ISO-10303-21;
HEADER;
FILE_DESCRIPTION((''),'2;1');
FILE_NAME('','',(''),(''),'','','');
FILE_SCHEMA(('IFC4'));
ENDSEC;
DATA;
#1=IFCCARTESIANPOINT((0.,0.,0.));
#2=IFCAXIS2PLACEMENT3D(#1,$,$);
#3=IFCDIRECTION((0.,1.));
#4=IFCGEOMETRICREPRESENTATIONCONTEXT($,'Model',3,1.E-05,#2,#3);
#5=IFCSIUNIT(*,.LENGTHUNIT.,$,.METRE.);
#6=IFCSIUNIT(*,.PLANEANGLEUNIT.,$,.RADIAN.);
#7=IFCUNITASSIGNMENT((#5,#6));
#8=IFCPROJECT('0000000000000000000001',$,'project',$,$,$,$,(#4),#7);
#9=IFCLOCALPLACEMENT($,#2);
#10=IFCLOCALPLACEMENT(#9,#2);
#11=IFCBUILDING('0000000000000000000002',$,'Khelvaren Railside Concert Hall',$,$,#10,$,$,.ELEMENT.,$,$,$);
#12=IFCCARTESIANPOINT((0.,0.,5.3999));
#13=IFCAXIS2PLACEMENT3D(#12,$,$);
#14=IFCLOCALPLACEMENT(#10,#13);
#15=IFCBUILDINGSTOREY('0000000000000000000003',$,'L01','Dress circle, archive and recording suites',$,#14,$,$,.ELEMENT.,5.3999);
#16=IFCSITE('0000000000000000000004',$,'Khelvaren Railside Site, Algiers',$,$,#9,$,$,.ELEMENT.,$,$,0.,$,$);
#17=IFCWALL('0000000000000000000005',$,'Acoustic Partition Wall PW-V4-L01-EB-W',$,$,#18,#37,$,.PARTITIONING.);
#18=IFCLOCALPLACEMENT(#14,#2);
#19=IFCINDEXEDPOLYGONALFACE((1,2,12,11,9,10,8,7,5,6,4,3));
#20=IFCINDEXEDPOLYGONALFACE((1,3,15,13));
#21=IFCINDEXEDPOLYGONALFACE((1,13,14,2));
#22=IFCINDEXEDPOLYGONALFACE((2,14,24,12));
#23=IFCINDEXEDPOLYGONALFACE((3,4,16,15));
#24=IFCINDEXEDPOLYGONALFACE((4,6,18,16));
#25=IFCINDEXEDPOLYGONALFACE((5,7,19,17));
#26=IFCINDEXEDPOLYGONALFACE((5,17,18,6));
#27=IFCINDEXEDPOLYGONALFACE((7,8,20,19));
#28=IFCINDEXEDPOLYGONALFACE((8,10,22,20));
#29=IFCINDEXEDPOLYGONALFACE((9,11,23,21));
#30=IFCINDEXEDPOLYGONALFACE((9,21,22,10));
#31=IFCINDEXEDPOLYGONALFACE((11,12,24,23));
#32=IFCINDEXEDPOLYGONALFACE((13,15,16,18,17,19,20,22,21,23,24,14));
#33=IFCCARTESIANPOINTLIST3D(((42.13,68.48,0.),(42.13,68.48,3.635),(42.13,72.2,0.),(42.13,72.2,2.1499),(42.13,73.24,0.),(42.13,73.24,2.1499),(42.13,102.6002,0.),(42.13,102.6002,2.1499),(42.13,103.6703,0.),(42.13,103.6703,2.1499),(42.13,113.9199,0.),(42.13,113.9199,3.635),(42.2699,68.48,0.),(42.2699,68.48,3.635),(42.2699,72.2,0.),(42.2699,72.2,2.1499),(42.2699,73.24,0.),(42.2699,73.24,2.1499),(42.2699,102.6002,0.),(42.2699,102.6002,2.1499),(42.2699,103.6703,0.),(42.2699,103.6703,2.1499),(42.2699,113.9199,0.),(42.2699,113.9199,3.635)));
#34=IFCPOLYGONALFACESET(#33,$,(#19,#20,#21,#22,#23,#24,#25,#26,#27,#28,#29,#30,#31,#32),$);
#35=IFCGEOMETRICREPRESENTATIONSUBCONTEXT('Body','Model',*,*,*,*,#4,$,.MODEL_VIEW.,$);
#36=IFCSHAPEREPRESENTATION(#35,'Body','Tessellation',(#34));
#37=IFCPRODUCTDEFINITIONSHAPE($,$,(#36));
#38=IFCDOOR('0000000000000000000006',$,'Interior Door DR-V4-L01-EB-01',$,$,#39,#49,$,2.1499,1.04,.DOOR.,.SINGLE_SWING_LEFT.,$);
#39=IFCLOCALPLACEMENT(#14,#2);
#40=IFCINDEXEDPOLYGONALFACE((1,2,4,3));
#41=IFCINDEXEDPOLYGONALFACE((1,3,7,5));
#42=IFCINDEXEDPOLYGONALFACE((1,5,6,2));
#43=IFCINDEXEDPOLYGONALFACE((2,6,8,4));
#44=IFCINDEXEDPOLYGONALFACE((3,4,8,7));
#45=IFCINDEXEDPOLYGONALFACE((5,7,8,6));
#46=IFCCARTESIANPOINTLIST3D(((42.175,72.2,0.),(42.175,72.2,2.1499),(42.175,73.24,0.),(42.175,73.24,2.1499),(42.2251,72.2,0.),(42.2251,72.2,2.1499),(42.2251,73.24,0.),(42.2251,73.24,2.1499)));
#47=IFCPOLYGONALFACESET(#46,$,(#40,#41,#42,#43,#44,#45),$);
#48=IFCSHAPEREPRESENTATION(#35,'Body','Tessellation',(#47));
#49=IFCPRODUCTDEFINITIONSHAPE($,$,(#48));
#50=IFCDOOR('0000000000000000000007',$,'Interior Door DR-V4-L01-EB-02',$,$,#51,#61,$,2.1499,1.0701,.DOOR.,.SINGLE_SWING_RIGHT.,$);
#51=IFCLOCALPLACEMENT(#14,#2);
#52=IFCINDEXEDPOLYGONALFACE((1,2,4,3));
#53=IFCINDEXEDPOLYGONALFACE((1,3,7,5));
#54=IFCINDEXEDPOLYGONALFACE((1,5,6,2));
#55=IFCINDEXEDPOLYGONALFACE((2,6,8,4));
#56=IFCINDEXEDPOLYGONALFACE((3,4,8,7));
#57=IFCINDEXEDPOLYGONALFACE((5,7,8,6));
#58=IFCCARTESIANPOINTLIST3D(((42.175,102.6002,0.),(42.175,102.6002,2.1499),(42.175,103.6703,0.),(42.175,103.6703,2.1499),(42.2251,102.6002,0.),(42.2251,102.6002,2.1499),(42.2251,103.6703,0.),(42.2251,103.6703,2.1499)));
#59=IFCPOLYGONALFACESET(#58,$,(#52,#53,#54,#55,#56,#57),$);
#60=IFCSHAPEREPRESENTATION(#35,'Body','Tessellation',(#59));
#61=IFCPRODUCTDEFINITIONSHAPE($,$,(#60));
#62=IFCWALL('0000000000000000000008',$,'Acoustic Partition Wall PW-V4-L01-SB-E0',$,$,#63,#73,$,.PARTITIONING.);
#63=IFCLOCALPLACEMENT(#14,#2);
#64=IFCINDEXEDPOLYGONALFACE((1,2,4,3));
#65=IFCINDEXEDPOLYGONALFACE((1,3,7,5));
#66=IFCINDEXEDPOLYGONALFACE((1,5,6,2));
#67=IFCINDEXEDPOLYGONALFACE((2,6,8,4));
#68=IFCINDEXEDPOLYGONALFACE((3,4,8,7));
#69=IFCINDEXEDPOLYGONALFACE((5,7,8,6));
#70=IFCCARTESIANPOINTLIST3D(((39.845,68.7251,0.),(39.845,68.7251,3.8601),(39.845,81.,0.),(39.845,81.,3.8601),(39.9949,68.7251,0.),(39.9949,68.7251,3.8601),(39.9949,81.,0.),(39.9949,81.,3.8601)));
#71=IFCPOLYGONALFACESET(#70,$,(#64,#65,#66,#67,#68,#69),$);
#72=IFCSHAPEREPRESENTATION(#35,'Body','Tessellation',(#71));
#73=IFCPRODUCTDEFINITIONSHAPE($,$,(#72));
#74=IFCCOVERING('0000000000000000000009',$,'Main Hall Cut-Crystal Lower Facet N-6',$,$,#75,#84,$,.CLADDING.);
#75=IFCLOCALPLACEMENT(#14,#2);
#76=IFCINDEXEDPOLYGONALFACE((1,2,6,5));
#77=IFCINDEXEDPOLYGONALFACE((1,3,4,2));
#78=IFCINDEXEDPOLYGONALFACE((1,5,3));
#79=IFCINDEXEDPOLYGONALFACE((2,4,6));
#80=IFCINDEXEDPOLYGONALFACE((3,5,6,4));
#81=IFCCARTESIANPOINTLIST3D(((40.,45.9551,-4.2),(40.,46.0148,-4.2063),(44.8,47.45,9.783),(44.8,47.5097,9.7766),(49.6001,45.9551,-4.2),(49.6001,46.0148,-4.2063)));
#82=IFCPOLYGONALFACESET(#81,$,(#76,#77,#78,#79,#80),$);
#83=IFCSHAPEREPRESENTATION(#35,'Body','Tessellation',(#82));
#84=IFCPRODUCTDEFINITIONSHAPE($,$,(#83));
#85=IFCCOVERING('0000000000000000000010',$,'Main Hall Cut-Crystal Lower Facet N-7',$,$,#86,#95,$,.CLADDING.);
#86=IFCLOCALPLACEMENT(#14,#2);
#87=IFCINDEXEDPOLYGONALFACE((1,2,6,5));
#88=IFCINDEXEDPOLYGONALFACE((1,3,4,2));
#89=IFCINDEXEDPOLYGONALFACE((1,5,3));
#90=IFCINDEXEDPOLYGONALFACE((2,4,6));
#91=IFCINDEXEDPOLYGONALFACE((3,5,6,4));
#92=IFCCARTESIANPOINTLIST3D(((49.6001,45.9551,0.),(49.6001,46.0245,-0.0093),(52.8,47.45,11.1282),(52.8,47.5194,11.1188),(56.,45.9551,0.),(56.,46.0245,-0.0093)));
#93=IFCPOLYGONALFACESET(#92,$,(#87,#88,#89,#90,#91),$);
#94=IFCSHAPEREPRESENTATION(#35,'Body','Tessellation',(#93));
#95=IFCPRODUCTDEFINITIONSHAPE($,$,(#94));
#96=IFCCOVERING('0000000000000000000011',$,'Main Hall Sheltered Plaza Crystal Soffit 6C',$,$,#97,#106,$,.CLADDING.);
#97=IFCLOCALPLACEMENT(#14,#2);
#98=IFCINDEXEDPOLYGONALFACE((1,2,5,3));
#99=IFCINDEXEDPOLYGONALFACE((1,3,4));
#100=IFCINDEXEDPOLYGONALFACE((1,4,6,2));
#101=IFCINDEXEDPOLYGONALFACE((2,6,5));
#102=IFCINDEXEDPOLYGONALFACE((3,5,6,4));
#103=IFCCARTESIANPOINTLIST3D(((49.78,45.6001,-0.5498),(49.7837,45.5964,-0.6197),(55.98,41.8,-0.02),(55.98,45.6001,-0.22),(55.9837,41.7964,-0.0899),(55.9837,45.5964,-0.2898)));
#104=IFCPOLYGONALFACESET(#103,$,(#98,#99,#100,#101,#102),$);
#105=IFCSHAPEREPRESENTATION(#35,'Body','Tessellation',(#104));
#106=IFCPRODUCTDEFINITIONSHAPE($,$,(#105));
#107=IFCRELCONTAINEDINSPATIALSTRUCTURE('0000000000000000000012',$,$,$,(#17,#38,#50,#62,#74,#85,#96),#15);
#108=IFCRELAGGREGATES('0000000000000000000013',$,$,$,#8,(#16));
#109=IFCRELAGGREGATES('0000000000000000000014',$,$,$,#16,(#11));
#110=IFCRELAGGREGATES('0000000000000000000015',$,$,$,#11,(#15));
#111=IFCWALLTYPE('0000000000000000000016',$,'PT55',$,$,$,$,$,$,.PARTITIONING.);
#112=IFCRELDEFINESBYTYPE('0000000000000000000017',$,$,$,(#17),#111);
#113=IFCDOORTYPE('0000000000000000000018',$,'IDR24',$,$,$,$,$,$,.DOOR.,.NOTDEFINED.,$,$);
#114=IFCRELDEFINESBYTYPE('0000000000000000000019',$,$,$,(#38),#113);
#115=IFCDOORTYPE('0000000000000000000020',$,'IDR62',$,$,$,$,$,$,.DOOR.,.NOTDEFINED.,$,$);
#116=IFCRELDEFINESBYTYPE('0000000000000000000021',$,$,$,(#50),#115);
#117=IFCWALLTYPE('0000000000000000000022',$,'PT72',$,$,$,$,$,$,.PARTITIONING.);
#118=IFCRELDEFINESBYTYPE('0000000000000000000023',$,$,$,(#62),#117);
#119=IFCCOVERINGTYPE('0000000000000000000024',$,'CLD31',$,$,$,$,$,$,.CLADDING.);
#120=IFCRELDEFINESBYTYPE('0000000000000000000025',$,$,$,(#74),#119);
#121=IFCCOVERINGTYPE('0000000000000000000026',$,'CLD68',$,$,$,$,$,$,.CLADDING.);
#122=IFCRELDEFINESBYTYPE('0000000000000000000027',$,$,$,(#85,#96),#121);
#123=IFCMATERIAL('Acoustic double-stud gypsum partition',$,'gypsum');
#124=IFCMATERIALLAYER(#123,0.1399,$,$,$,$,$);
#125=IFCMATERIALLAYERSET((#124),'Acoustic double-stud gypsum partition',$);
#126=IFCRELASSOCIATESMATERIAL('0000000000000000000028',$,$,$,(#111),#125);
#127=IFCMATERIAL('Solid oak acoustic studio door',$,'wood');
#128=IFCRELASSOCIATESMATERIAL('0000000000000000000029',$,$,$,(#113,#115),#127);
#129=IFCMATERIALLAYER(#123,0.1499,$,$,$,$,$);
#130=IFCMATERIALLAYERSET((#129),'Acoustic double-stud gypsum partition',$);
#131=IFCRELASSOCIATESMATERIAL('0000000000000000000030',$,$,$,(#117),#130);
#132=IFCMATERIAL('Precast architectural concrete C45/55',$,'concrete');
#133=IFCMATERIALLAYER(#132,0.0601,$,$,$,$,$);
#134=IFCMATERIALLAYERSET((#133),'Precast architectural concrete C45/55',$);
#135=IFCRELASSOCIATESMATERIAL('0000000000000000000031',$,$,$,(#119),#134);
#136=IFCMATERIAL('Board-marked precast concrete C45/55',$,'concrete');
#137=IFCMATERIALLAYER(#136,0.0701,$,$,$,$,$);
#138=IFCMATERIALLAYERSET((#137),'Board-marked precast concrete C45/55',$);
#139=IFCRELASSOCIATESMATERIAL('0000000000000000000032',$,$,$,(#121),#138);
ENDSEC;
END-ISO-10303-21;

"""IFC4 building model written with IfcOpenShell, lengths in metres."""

from ifc_helpers import new_model, si_unit, direction, frame, frame_2d, origin, place, context, subcontext, project, spatial, polyline, rectangle, outline, extrude, material, layer, layer_set, type_object, element, fill, save


model = new_model("IFC4")

# Units and contexts
model_context = context("Model", 3, precision=1e-05, world=origin(), true_north=direction((0.0, 1.0)))
body_context = subcontext(model_context, "Body", "Model", "MODEL_VIEW")
ifc_project = project(units=[si_unit("LENGTHUNIT", "METRE"), si_unit("PLANEANGLEUNIT", "RADIAN")], contexts=[model_context])

# Site, building, storey
site_placement = place(None, origin())
site = spatial("IfcSite", under=ifc_project, at=site_placement, Name="Khelvaren Railside Site, Algiers", CompositionType="ELEMENT", RefElevation=0.0)
building_placement = place(site_placement, origin())
building = spatial("IfcBuilding", under=site, at=building_placement, Name="Khelvaren Railside Concert Hall", CompositionType="ELEMENT")
storey_placement = place(building_placement, frame((0.0, 0.0, 5.3999)))
storey = spatial("IfcBuildingStorey", under=building, at=storey_placement, Name="L01", Description="Dress circle, archive and recording suites", CompositionType="ELEMENT", Elevation=5.3999)

# Wall, openings, doors
ifc_material_1 = material(Name="Acoustic double-stud gypsum partition", Category="gypsum")
ifc_layer_1 = layer(ifc_material_1, 0.1399)
ifc_layer_set_1 = layer_set([ifc_layer_1], Name="Acoustic double-stud gypsum partition")
wall_type_1 = type_object("IfcWallType", Name="PT55", PredefinedType="PARTITIONING", material=ifc_layer_set_1)
wall_1_placement = place(storey_placement, frame((42.2, 68.48, 0.0), z_axis=(0.0, 0.0, 1.0), x_axis=(0.0, 1.0, 0.0)))
wall_1 = element("IfcWall", 1, at=wall_1_placement, inside=storey, type_object=wall_type_1, Name="Acoustic Partition Wall PW-V4-L01-EB-W", PredefinedType="PARTITIONING", context=body_context, shape_type="SweptSolid", body=[
    extrude(rectangle(XDim=45.4399, YDim=0.1399, at=frame_2d((22.72, 0.0))), origin(), (0.0, 0.0, 1.0), 3.635),
])
opening_1_placement = place(wall_1_placement, frame((3.72, 0.0, 0.0)))
opening_1 = element("IfcOpeningElement", 2, at=opening_1_placement, cuts=wall_1, PredefinedType="OPENING", context=body_context, shape_type="SweptSolid", body=[
    extrude(rectangle(XDim=1.04, YDim=2.1499, at=frame_2d((0.52, 1.075))), frame((0.0, 0.0798, 0.0), z_axis=(0.0, -1.0, 0.0), x_axis=(1.0, 0.0, 0.0)), (0.0, 0.0, 1.0), 0.1599),
])
opening_2_placement = place(wall_1_placement, frame((34.1201, 0.0, 0.0)))
opening_2 = element("IfcOpeningElement", 3, at=opening_2_placement, cuts=wall_1, PredefinedType="OPENING", context=body_context, shape_type="SweptSolid", body=[
    extrude(rectangle(XDim=1.0701, YDim=2.1499, at=frame_2d((0.5352, 1.075))), frame((0.0, 0.0798, 0.0), z_axis=(0.0, -1.0, 0.0), x_axis=(1.0, 0.0, 0.0)), (0.0, 0.0, 1.0), 0.1599),
])
ifc_material_2 = material(Name="Solid oak acoustic studio door", Category="wood")
door_type_1 = type_object("IfcDoorType", Name="IDR24", OperationType="NOTDEFINED", PredefinedType="DOOR", material=ifc_material_2)
door_1_placement = place(opening_1_placement, origin())
door_1 = element("IfcDoor", 4, at=door_1_placement, inside=storey, type_object=door_type_1, Name="Interior Door DR-V4-L01-EB-01", OperationType="SINGLE_SWING_LEFT", OverallHeight=2.1499, OverallWidth=1.04, PredefinedType="DOOR", context=body_context, shape_type="SweptSolid", body=[
    extrude(rectangle(XDim=1.04, YDim=2.1499, at=frame_2d((0.52, 1.075))), frame((0.0, 0.0249, 0.0), z_axis=(0.0, -1.0, 0.0), x_axis=(1.0, 0.0, 0.0)), (0.0, 0.0, 1.0), 0.05),
])
fill(opening_1, door_1)
door_type_2 = type_object("IfcDoorType", Name="IDR62", OperationType="NOTDEFINED", PredefinedType="DOOR", material=ifc_material_2)
door_2_placement = place(opening_2_placement, origin())
door_2 = element("IfcDoor", 5, at=door_2_placement, inside=storey, type_object=door_type_2, Name="Interior Door DR-V4-L01-EB-02", OperationType="SINGLE_SWING_RIGHT", OverallHeight=2.1499, OverallWidth=1.0701, PredefinedType="DOOR", context=body_context, shape_type="SweptSolid", body=[
    extrude(rectangle(XDim=1.0701, YDim=2.1499, at=frame_2d((0.5352, 1.075))), frame((0.0, 0.0249, 0.0), z_axis=(0.0, -1.0, 0.0), x_axis=(1.0, 0.0, 0.0)), (0.0, 0.0, 1.0), 0.05),
])
fill(opening_2, door_2)

# Wall
ifc_layer_2 = layer(ifc_material_1, 0.1499)
ifc_layer_set_2 = layer_set([ifc_layer_2], Name="Acoustic double-stud gypsum partition")
wall_type_2 = type_object("IfcWallType", Name="PT72", PredefinedType="PARTITIONING", material=ifc_layer_set_2)
wall_2_placement = place(storey_placement, frame((39.9199, 68.7251, 0.0), z_axis=(0.0, 0.0, 1.0), x_axis=(0.0, 1.0, 0.0)))
element("IfcWall", 6, at=wall_2_placement, inside=storey, type_object=wall_type_2, Name="Acoustic Partition Wall PW-V4-L01-SB-E0", PredefinedType="PARTITIONING", context=body_context, shape_type="SweptSolid", body=[
    extrude(rectangle(XDim=12.2749, YDim=0.1499, at=frame_2d((6.1375, 0.0))), origin(), (0.0, 0.0, 1.0), 3.8601),
])

# Coverings
ifc_material_3 = material(Name="Precast architectural concrete C45/55", Category="concrete")
ifc_layer_3 = layer(ifc_material_3, 0.0601)
ifc_layer_set_3 = layer_set([ifc_layer_3], Name="Precast architectural concrete C45/55")
covering_type_1 = type_object("IfcCoveringType", Name="CLD31", PredefinedType="CLADDING", material=ifc_layer_set_3)
covering_1_placement = place(storey_placement, frame((40.0, 45.9551, -4.2), z_axis=(0.0, -0.994334, 0.106301), x_axis=(1.0, 0.0, 0.0)))
element("IfcCovering", 7, at=covering_1_placement, inside=storey, type_object=covering_type_1, Name="Main Hall Cut-Crystal Lower Facet N-6", PredefinedType="CLADDING", context=body_context, shape_type="SweptSolid", body=[
    extrude(outline(polyline([(0.0, 0.0), (9.6001, 0.0), (4.8, 14.0626), (0.0, 0.0)])), origin(), (0.0, 0.0, -1.0), 0.0601),
])
ifc_material_4 = material(Name="Board-marked precast concrete C45/55", Category="concrete")
ifc_layer_4 = layer(ifc_material_4, 0.0701)
ifc_layer_set_4 = layer_set([ifc_layer_4], Name="Board-marked precast concrete C45/55")
covering_type_2 = type_object("IfcCoveringType", Name="CLD68", PredefinedType="CLADDING", material=ifc_layer_set_4)
covering_2_placement = place(storey_placement, frame((49.6001, 45.9551, 0.0), z_axis=(0.0, -0.991098, 0.133136), x_axis=(1.0, 0.0, 0.0)))
element("IfcCovering", 8, at=covering_2_placement, inside=storey, type_object=covering_type_2, Name="Main Hall Cut-Crystal Lower Facet N-7", PredefinedType="CLADDING", context=body_context, shape_type="SweptSolid", body=[
    extrude(outline(polyline([(0.0, 0.0), (6.3999, 0.0), (3.2, 11.2281), (0.0, 0.0)])), origin(), (0.0, 0.0, -1.0), 0.0701),
])
covering_3_placement = place(storey_placement, frame((49.78, 45.6001, -0.5498), z_axis=(-0.053051, 0.052471, 0.997212), x_axis=(0.998588, 0.0, 0.053124)))
element("IfcCovering", 9, at=covering_3_placement, inside=storey, type_object=covering_type_2, Name="Main Hall Sheltered Plaza Crystal Soffit 6C", PredefinedType="CLADDING", context=body_context, shape_type="SweptSolid", body=[
    extrude(outline(polyline([(0.0, 0.0), (6.2087, 0.0), (6.2193, -3.8053), (0.0, 0.0)])), origin(), (0.0, 0.0, -1.0), 0.0701),
])

save(model, "model.ifc")
